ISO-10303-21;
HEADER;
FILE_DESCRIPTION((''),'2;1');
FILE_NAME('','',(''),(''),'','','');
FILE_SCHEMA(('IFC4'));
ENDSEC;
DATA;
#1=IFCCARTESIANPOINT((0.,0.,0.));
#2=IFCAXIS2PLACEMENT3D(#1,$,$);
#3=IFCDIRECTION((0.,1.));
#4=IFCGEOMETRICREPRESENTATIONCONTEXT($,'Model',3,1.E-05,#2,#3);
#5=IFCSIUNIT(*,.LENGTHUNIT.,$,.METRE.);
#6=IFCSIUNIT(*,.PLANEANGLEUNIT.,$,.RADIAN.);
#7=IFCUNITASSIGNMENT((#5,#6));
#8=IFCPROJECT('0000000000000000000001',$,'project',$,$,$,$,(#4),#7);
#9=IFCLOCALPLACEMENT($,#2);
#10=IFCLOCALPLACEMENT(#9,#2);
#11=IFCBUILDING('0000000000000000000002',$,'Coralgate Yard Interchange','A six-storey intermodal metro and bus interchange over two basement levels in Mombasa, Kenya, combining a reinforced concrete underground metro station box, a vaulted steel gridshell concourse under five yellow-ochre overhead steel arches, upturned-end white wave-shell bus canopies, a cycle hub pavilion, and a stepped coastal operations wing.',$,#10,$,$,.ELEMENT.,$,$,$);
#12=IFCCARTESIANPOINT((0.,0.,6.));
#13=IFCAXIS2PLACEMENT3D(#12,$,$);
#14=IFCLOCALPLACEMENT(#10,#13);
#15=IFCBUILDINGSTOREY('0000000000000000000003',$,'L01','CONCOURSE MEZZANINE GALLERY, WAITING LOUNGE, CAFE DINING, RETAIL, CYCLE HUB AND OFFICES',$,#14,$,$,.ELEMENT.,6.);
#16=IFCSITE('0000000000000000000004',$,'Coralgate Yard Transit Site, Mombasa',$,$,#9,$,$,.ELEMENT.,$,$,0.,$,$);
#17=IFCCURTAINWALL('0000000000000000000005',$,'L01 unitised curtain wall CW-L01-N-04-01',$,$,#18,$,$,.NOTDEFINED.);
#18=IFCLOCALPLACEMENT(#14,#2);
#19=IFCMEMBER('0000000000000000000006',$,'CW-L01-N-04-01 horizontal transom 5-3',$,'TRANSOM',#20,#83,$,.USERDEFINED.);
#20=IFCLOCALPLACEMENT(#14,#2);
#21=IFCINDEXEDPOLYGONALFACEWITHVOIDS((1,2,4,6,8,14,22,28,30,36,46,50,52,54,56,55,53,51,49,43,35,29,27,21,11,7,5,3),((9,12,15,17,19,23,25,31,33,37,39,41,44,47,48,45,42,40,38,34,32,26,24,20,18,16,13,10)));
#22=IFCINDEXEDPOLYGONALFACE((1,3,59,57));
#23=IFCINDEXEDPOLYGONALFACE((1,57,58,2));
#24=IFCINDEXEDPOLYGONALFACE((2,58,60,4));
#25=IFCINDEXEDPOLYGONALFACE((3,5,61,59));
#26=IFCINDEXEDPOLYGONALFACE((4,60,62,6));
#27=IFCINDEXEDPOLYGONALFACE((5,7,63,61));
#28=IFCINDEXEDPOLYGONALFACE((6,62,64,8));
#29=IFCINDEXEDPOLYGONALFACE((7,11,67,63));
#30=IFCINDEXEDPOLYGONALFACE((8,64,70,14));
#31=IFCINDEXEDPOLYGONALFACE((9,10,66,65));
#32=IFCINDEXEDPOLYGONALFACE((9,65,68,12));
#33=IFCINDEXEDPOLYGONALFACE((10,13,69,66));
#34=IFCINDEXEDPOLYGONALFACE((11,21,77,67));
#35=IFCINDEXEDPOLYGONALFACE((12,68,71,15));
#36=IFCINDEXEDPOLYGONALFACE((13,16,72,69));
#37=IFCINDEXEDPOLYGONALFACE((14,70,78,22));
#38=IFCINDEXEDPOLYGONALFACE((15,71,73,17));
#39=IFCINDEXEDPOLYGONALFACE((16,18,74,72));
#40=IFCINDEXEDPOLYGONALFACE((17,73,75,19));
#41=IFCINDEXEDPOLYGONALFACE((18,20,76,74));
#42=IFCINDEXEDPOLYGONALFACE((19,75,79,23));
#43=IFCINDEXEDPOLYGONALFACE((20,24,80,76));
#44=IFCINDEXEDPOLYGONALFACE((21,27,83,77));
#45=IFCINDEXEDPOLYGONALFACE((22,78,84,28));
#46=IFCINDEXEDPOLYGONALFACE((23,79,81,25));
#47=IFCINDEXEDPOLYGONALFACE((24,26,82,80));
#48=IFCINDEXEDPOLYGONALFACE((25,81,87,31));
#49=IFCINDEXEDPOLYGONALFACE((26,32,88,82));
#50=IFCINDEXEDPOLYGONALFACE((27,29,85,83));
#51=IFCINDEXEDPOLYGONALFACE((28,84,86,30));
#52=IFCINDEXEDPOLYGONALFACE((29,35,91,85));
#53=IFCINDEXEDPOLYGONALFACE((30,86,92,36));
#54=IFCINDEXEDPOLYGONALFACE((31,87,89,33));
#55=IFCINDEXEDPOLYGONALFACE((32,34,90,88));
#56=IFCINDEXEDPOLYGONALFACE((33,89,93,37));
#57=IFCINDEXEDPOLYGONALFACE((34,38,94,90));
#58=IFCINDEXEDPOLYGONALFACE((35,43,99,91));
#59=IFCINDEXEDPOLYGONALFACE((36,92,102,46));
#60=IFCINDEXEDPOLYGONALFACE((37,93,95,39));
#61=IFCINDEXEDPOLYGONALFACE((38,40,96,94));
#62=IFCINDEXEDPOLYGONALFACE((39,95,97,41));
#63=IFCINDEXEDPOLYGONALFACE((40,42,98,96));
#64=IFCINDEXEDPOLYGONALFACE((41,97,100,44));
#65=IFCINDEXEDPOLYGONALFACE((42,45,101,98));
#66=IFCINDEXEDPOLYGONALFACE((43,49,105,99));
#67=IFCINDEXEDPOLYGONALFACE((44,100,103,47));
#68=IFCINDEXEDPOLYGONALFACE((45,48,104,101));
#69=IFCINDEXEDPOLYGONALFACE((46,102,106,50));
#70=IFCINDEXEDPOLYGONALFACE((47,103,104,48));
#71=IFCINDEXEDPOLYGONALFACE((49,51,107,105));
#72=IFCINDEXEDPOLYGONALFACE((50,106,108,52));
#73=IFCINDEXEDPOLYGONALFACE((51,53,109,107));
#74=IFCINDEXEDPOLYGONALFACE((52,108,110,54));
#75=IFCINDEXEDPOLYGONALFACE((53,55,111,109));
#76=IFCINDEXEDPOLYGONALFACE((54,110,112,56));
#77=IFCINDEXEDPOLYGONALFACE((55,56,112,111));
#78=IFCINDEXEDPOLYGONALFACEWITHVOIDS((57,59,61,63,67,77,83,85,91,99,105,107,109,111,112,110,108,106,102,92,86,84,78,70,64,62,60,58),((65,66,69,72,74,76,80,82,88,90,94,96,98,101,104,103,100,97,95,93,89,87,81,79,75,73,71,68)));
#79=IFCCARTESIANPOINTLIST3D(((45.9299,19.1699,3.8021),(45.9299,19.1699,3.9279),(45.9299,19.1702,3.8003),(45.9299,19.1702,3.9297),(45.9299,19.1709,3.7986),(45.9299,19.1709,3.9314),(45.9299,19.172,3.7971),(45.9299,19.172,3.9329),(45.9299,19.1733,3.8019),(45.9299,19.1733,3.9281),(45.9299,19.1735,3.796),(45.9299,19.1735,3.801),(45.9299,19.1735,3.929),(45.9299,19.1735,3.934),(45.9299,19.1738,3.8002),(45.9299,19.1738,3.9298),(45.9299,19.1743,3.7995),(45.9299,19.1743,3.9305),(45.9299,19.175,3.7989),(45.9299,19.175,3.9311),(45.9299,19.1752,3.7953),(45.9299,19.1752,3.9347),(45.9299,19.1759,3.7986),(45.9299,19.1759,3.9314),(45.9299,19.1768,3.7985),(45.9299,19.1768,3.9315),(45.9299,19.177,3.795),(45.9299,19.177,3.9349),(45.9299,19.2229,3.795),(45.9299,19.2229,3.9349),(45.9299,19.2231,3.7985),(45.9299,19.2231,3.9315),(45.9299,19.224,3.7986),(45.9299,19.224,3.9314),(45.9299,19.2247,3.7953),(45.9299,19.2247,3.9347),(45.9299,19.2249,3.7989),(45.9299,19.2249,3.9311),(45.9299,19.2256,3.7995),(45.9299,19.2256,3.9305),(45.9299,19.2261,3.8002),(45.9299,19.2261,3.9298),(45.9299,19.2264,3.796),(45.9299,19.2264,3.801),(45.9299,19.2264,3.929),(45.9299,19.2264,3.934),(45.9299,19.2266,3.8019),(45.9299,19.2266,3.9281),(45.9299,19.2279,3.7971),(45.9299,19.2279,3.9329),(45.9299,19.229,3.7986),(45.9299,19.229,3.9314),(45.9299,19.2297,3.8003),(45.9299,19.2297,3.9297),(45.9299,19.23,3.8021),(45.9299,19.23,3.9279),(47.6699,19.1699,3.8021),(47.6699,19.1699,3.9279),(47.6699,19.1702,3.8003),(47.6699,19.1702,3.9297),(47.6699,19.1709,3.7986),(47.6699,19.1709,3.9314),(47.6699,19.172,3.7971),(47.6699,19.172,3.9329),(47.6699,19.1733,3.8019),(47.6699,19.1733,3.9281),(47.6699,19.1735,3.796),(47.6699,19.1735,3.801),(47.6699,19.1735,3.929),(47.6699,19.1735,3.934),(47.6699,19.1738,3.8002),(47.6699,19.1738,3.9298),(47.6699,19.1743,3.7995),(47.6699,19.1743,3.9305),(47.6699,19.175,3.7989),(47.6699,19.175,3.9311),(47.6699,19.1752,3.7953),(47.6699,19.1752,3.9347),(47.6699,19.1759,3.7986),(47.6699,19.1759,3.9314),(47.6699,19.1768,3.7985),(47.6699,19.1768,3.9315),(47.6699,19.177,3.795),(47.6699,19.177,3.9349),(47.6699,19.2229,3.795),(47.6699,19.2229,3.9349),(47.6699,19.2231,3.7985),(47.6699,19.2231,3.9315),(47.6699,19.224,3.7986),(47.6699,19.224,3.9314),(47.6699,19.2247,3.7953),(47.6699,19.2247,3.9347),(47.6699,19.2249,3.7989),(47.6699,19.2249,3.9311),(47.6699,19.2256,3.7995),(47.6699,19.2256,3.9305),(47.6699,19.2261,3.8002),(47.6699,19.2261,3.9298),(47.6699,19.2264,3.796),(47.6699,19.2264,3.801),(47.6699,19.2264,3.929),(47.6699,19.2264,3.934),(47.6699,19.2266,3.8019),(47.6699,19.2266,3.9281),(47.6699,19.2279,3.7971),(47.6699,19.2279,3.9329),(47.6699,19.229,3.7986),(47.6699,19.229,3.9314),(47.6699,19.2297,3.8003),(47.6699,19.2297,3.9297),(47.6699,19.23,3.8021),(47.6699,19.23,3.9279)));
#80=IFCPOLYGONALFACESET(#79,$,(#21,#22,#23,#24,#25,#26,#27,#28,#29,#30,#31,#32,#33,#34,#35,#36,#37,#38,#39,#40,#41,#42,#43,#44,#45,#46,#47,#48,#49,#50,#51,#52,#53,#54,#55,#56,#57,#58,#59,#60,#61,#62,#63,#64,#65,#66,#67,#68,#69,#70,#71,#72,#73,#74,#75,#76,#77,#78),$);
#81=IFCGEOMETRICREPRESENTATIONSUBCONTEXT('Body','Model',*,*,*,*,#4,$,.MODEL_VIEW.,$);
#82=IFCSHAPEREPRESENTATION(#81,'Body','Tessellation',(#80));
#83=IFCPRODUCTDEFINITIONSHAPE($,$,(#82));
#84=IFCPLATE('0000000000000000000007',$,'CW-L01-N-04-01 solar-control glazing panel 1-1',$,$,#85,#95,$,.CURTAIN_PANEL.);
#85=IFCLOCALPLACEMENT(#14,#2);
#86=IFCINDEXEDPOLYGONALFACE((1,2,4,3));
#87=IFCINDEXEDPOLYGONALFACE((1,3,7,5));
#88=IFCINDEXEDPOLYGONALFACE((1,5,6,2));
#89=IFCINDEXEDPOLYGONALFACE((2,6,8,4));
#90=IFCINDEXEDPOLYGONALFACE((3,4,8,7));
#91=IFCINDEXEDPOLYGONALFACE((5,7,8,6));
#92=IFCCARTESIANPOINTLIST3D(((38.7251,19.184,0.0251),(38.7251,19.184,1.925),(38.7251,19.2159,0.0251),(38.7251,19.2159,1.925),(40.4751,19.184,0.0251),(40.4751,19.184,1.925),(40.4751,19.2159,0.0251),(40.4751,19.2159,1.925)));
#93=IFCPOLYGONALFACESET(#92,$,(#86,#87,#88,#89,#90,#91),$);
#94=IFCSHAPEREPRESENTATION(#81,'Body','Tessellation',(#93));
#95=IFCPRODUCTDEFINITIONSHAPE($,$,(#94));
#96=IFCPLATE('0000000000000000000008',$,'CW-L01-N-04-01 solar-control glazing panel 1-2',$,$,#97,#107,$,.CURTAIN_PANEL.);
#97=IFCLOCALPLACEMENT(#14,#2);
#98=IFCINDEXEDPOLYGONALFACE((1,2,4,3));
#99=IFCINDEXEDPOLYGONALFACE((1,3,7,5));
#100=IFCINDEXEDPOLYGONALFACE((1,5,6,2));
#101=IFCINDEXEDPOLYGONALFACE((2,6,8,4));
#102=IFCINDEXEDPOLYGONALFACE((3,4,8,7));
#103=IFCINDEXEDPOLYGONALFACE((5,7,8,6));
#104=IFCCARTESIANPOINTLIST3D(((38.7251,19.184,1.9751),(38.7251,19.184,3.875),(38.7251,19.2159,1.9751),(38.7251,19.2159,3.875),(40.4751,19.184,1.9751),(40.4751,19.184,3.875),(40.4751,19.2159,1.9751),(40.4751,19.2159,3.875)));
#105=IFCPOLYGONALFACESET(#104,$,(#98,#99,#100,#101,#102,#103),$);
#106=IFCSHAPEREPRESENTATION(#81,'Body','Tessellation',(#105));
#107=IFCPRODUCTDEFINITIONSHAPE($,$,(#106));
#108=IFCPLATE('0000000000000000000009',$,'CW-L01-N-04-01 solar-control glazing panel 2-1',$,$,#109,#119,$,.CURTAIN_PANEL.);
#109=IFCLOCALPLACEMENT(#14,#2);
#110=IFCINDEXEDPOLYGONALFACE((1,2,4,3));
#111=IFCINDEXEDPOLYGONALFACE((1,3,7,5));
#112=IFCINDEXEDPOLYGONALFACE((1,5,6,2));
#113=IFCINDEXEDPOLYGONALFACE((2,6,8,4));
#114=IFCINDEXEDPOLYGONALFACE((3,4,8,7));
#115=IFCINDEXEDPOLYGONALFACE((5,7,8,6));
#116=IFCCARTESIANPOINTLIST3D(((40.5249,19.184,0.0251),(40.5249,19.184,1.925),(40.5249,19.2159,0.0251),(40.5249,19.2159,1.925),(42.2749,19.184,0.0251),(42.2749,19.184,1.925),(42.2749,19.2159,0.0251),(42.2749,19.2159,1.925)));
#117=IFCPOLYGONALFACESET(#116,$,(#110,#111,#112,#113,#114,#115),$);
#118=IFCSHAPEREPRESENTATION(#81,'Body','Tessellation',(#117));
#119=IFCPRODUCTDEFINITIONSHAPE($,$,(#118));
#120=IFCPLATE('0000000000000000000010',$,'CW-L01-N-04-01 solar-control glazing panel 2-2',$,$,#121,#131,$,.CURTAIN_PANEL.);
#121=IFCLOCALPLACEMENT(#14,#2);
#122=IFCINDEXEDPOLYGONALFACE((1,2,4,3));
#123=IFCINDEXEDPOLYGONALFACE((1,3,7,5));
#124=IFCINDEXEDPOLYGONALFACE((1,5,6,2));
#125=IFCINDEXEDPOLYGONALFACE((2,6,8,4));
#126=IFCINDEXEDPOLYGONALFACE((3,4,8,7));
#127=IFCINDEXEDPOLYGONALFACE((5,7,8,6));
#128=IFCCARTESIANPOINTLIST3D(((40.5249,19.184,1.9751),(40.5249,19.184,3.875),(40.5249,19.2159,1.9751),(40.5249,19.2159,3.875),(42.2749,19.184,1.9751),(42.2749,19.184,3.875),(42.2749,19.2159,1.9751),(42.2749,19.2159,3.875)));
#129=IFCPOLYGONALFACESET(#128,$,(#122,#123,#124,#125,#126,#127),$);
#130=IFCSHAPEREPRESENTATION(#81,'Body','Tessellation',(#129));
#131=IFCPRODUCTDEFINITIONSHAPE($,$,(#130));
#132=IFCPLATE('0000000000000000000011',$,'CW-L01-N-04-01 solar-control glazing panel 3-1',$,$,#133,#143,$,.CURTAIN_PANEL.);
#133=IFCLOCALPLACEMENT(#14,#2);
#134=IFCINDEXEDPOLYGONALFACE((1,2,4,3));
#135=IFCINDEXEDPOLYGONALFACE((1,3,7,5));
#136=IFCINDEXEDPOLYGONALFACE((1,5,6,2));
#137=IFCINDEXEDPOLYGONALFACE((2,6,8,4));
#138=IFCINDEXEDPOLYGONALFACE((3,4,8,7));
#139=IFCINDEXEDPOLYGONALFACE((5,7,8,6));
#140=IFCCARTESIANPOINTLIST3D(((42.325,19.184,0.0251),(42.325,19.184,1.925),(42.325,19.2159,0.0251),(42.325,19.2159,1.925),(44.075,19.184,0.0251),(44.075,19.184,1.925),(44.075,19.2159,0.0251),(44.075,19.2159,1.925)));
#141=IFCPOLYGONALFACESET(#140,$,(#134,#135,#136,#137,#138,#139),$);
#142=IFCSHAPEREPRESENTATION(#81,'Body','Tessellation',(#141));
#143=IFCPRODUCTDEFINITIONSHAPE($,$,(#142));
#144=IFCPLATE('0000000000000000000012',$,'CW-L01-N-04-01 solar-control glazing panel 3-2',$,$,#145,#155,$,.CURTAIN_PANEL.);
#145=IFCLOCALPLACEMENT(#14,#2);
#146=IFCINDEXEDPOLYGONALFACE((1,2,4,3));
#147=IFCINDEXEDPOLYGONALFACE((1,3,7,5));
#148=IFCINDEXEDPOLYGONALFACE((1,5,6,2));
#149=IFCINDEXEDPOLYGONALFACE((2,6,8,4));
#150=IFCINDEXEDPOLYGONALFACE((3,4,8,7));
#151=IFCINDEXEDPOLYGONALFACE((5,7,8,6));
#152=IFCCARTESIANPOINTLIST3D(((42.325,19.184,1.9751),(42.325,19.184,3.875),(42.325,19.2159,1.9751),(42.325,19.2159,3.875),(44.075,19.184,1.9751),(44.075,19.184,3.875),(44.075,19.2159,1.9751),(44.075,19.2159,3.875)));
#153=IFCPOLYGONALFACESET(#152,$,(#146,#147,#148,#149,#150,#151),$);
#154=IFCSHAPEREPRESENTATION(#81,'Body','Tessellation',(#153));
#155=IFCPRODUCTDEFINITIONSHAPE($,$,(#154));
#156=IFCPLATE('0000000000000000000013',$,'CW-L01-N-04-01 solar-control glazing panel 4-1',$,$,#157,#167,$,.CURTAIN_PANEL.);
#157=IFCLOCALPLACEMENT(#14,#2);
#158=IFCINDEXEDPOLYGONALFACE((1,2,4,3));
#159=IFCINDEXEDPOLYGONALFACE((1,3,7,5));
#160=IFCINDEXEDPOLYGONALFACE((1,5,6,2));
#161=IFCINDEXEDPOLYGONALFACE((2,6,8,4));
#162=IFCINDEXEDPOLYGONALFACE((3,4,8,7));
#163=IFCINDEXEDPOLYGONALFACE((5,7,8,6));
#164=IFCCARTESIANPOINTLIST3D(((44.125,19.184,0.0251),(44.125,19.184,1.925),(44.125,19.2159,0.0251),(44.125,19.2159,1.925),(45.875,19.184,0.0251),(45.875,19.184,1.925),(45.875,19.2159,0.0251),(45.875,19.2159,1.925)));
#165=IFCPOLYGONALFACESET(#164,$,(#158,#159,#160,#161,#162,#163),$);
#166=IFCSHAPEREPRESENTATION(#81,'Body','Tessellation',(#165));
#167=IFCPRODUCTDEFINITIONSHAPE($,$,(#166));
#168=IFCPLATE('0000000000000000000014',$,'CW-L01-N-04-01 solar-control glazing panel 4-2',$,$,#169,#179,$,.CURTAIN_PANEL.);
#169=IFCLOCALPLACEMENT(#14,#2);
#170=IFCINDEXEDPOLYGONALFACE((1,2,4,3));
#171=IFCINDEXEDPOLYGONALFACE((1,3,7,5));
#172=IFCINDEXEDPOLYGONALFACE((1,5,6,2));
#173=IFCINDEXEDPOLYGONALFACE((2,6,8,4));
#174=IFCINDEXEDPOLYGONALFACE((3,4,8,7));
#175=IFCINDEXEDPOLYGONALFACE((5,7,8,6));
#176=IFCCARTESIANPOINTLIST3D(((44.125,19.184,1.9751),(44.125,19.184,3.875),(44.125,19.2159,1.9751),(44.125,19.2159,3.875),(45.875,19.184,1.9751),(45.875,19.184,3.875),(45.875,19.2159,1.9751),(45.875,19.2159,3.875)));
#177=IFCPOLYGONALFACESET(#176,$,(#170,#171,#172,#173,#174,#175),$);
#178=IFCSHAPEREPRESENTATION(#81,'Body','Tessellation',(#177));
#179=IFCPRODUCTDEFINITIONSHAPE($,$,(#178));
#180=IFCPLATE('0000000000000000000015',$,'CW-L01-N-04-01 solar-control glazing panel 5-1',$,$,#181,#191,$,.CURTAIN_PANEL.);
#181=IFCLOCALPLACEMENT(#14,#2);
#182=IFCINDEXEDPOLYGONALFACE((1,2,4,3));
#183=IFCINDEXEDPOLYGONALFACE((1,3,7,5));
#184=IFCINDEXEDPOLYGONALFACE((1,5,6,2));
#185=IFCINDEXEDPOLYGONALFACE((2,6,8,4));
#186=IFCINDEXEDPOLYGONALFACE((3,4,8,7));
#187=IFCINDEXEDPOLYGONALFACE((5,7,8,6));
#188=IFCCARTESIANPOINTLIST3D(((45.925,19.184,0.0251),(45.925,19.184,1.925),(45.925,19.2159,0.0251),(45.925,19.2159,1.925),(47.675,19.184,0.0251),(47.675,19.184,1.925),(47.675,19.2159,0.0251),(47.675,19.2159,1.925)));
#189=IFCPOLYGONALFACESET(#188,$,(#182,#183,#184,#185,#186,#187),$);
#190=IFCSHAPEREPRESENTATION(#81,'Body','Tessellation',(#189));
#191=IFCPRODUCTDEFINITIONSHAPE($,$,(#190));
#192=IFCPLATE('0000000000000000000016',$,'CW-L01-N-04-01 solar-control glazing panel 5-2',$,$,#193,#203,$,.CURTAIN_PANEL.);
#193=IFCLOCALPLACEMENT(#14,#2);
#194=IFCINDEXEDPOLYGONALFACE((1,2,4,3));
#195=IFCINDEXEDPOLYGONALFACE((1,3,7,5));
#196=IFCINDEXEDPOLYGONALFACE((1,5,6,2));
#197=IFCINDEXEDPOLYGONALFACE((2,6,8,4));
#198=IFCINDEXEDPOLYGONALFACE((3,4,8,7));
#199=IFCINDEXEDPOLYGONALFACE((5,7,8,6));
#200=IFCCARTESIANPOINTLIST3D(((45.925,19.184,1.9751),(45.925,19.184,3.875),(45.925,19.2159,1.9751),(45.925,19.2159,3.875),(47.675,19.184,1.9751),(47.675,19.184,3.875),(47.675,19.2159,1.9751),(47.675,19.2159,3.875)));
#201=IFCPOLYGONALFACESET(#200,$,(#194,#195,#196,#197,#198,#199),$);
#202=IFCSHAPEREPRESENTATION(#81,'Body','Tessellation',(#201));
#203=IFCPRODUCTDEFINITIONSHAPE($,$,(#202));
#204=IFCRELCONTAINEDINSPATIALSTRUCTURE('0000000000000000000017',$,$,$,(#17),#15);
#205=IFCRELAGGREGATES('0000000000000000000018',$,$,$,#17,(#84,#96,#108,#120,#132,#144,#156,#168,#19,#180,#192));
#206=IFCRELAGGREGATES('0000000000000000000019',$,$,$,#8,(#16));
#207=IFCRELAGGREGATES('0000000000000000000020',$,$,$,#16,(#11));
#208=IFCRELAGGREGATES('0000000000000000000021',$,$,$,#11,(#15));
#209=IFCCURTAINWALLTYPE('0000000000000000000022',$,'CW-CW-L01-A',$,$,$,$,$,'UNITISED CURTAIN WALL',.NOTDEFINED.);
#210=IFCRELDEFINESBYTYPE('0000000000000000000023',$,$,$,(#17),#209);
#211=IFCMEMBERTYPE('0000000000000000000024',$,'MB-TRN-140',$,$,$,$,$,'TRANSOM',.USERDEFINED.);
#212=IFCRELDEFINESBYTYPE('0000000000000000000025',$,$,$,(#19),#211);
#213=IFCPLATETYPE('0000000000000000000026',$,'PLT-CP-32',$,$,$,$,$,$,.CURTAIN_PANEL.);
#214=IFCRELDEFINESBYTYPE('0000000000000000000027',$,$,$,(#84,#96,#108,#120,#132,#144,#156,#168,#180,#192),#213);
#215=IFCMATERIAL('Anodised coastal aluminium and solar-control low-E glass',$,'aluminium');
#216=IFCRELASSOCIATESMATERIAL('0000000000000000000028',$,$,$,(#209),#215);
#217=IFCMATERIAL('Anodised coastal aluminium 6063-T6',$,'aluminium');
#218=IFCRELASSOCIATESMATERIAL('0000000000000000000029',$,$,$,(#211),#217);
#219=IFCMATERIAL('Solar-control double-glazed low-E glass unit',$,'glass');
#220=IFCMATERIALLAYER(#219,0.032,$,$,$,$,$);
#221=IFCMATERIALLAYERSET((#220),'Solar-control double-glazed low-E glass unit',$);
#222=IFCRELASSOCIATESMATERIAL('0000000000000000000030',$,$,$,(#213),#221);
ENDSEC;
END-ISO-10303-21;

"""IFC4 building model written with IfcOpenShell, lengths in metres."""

from ifc_helpers import new_model, si_unit, direction, frame, origin, origin_2d, place, context, subcontext, project, spatial, rectangle, hollow_rectangle, extrude, material, layer, layer_set, material_profile, profile_set, type_object, element, aggregate, save


model = new_model("IFC4")

# Units and contexts
model_context = context("Model", 3, precision=1e-05, world=origin(), true_north=direction((0.0, 1.0)))
body_context = subcontext(model_context, "Body", "Model", "MODEL_VIEW")
ifc_project = project(units=[si_unit("LENGTHUNIT", "METRE"), si_unit("PLANEANGLEUNIT", "RADIAN")], contexts=[model_context])

# Site, building, storey
site_placement = place(None, origin())
site = spatial("IfcSite", under=ifc_project, at=site_placement, Name="Coralgate Yard Transit Site, Mombasa", CompositionType="ELEMENT", RefElevation=0.0)
building_placement = place(site_placement, origin())
building = spatial("IfcBuilding", under=site, at=building_placement, Name="Coralgate Yard Interchange", Description="A six-storey intermodal metro and bus interchange over two basement levels in Mombasa, Kenya, combining a reinforced concrete underground metro station box, a vaulted steel gridshell concourse under five yellow-ochre overhead steel arches, upturned-end white wave-shell bus canopies, a cycle hub pavilion, and a stepped coastal operations wing.", CompositionType="ELEMENT")
storey_placement = place(building_placement, frame((0.0, 0.0, 6.0)))
storey = spatial("IfcBuildingStorey", under=building, at=storey_placement, Name="L01", Description="CONCOURSE MEZZANINE GALLERY, WAITING LOUNGE, CAFE DINING, RETAIL, CYCLE HUB AND OFFICES", CompositionType="ELEMENT", Elevation=6.0)

# Curtain wall, member, plates
ifc_material_1 = material(Name="Anodised coastal aluminium and solar-control low-E glass", Category="aluminium")
curtain_wall_type = type_object("IfcCurtainWallType", Name="CW-CW-L01-A", ElementType="UNITISED CURTAIN WALL", PredefinedType="NOTDEFINED", material=ifc_material_1)
curtain_wall_placement = place(storey_placement, origin())
curtain_wall = element("IfcCurtainWall", 1, at=curtain_wall_placement, inside=storey, type_object=curtain_wall_type, Name="L01 unitised curtain wall CW-L01-N-04-01", PredefinedType="NOTDEFINED")
ifc_material_2 = material(Name="Anodised coastal aluminium 6063-T6", Category="aluminium")
ifc_material_profile_1 = material_profile(ifc_material_2, hollow_rectangle(XDim=0.0601, YDim=0.1399, WallThickness=0.0034, InnerFilletRadius=0.0034, OuterFilletRadius=0.0071, at=origin_2d()), Name="ALU 60x140x3.5")
ifc_profile_set_1 = profile_set([ifc_material_profile_1], Name="Anodised coastal aluminium 6063-T6")
member_type_1 = type_object("IfcMemberType", Name="MB-TRN-140", ElementType="TRANSOM", PredefinedType="USERDEFINED", material=ifc_profile_set_1)
member_1_placement = place(storey_placement, frame((45.9299, 19.2, 3.865), z_axis=(1.0, 0.0, 0.0), x_axis=(0.0, 1.0, 0.0)))
member_1 = element("IfcMember", 2, at=member_1_placement, type_object=member_type_1, Name="CW-L01-N-04-01 horizontal transom 5-3", ObjectType="TRANSOM", PredefinedType="USERDEFINED", context=body_context, shape_type="SweptSolid", body=[
    extrude(hollow_rectangle(XDim=0.0601, YDim=0.1399, WallThickness=0.0034, InnerFilletRadius=0.0034, OuterFilletRadius=0.0071, at=origin_2d()), origin(), (0.0, 0.0, 1.0), 1.74),
])
ifc_material_3 = material(Name="Solar-control double-glazed low-E glass unit", Category="glass")
ifc_layer = layer(ifc_material_3, 0.032)
ifc_layer_set = layer_set([ifc_layer], Name="Solar-control double-glazed low-E glass unit")
plate_type = type_object("IfcPlateType", Name="PLT-CP-32", PredefinedType="CURTAIN_PANEL", material=ifc_layer_set)
plate_1_placement = place(storey_placement, frame((39.6001, 19.2, 0.0251), z_axis=(0.0, 0.0, 1.0), x_axis=(1.0, 0.0, 0.0)))
plate_1 = element("IfcPlate", 3, at=plate_1_placement, type_object=plate_type, Name="CW-L01-N-04-01 solar-control glazing panel 1-1", PredefinedType="CURTAIN_PANEL", context=body_context, shape_type="SweptSolid", body=[
    extrude(rectangle(XDim=1.75, YDim=0.032, at=origin_2d()), origin(), (0.0, 0.0, 1.0), 1.8999),
])
plate_2_placement = place(storey_placement, frame((39.6001, 19.2, 1.9751), z_axis=(0.0, 0.0, 1.0), x_axis=(1.0, 0.0, 0.0)))
plate_2 = element("IfcPlate", 4, at=plate_2_placement, type_object=plate_type, Name="CW-L01-N-04-01 solar-control glazing panel 1-2", PredefinedType="CURTAIN_PANEL", context=body_context, shape_type="SweptSolid", body=[
    extrude(rectangle(XDim=1.75, YDim=0.032, at=origin_2d()), origin(), (0.0, 0.0, 1.0), 1.8999),
])
plate_3_placement = place(storey_placement, frame((41.3999, 19.2, 0.0251), z_axis=(0.0, 0.0, 1.0), x_axis=(1.0, 0.0, 0.0)))
plate_3 = element("IfcPlate", 5, at=plate_3_placement, type_object=plate_type, Name="CW-L01-N-04-01 solar-control glazing panel 2-1", PredefinedType="CURTAIN_PANEL", context=body_context, shape_type="SweptSolid", body=[
    extrude(rectangle(XDim=1.75, YDim=0.032, at=origin_2d()), origin(), (0.0, 0.0, 1.0), 1.8999),
])
plate_4_placement = place(storey_placement, frame((41.3999, 19.2, 1.9751), z_axis=(0.0, 0.0, 1.0), x_axis=(1.0, 0.0, 0.0)))
plate_4 = element("IfcPlate", 6, at=plate_4_placement, type_object=plate_type, Name="CW-L01-N-04-01 solar-control glazing panel 2-2", PredefinedType="CURTAIN_PANEL", context=body_context, shape_type="SweptSolid", body=[
    extrude(rectangle(XDim=1.75, YDim=0.032, at=origin_2d()), origin(), (0.0, 0.0, 1.0), 1.8999),
])
plate_5_placement = place(storey_placement, frame((43.2, 19.2, 0.0251), z_axis=(0.0, 0.0, 1.0), x_axis=(1.0, 0.0, 0.0)))
plate_5 = element("IfcPlate", 7, at=plate_5_placement, type_object=plate_type, Name="CW-L01-N-04-01 solar-control glazing panel 3-1", PredefinedType="CURTAIN_PANEL", context=body_context, shape_type="SweptSolid", body=[
    extrude(rectangle(XDim=1.75, YDim=0.032, at=origin_2d()), origin(), (0.0, 0.0, 1.0), 1.8999),
])
plate_6_placement = place(storey_placement, frame((43.2, 19.2, 1.9751), z_axis=(0.0, 0.0, 1.0), x_axis=(1.0, 0.0, 0.0)))
plate_6 = element("IfcPlate", 8, at=plate_6_placement, type_object=plate_type, Name="CW-L01-N-04-01 solar-control glazing panel 3-2", PredefinedType="CURTAIN_PANEL", context=body_context, shape_type="SweptSolid", body=[
    extrude(rectangle(XDim=1.75, YDim=0.032, at=origin_2d()), origin(), (0.0, 0.0, 1.0), 1.8999),
])
plate_7_placement = place(storey_placement, frame((45.0, 19.2, 0.0251), z_axis=(0.0, 0.0, 1.0), x_axis=(1.0, 0.0, 0.0)))
plate_7 = element("IfcPlate", 9, at=plate_7_placement, type_object=plate_type, Name="CW-L01-N-04-01 solar-control glazing panel 4-1", PredefinedType="CURTAIN_PANEL", context=body_context, shape_type="SweptSolid", body=[
    extrude(rectangle(XDim=1.75, YDim=0.032, at=origin_2d()), origin(), (0.0, 0.0, 1.0), 1.8999),
])
plate_8_placement = place(storey_placement, frame((45.0, 19.2, 1.9751), z_axis=(0.0, 0.0, 1.0), x_axis=(1.0, 0.0, 0.0)))
plate_8 = element("IfcPlate", 10, at=plate_8_placement, type_object=plate_type, Name="CW-L01-N-04-01 solar-control glazing panel 4-2", PredefinedType="CURTAIN_PANEL", context=body_context, shape_type="SweptSolid", body=[
    extrude(rectangle(XDim=1.75, YDim=0.032, at=origin_2d()), origin(), (0.0, 0.0, 1.0), 1.8999),
])
plate_9_placement = place(storey_placement, frame((46.8, 19.2, 0.0251), z_axis=(0.0, 0.0, 1.0), x_axis=(1.0, 0.0, 0.0)))
plate_9 = element("IfcPlate", 11, at=plate_9_placement, type_object=plate_type, Name="CW-L01-N-04-01 solar-control glazing panel 5-1", PredefinedType="CURTAIN_PANEL", context=body_context, shape_type="SweptSolid", body=[
    extrude(rectangle(XDim=1.75, YDim=0.032, at=origin_2d()), origin(), (0.0, 0.0, 1.0), 1.8999),
])
plate_10_placement = place(storey_placement, frame((46.8, 19.2, 1.9751), z_axis=(0.0, 0.0, 1.0), x_axis=(1.0, 0.0, 0.0)))
plate_10 = element("IfcPlate", 12, at=plate_10_placement, type_object=plate_type, Name="CW-L01-N-04-01 solar-control glazing panel 5-2", PredefinedType="CURTAIN_PANEL", context=body_context, shape_type="SweptSolid", body=[
    extrude(rectangle(XDim=1.75, YDim=0.032, at=origin_2d()), origin(), (0.0, 0.0, 1.0), 1.8999),
])
aggregate(curtain_wall, [plate_1, plate_2, plate_3, plate_4, plate_5, plate_6, plate_7, plate_8, member_1, plate_9, plate_10])

save(model, "model.ifc")
